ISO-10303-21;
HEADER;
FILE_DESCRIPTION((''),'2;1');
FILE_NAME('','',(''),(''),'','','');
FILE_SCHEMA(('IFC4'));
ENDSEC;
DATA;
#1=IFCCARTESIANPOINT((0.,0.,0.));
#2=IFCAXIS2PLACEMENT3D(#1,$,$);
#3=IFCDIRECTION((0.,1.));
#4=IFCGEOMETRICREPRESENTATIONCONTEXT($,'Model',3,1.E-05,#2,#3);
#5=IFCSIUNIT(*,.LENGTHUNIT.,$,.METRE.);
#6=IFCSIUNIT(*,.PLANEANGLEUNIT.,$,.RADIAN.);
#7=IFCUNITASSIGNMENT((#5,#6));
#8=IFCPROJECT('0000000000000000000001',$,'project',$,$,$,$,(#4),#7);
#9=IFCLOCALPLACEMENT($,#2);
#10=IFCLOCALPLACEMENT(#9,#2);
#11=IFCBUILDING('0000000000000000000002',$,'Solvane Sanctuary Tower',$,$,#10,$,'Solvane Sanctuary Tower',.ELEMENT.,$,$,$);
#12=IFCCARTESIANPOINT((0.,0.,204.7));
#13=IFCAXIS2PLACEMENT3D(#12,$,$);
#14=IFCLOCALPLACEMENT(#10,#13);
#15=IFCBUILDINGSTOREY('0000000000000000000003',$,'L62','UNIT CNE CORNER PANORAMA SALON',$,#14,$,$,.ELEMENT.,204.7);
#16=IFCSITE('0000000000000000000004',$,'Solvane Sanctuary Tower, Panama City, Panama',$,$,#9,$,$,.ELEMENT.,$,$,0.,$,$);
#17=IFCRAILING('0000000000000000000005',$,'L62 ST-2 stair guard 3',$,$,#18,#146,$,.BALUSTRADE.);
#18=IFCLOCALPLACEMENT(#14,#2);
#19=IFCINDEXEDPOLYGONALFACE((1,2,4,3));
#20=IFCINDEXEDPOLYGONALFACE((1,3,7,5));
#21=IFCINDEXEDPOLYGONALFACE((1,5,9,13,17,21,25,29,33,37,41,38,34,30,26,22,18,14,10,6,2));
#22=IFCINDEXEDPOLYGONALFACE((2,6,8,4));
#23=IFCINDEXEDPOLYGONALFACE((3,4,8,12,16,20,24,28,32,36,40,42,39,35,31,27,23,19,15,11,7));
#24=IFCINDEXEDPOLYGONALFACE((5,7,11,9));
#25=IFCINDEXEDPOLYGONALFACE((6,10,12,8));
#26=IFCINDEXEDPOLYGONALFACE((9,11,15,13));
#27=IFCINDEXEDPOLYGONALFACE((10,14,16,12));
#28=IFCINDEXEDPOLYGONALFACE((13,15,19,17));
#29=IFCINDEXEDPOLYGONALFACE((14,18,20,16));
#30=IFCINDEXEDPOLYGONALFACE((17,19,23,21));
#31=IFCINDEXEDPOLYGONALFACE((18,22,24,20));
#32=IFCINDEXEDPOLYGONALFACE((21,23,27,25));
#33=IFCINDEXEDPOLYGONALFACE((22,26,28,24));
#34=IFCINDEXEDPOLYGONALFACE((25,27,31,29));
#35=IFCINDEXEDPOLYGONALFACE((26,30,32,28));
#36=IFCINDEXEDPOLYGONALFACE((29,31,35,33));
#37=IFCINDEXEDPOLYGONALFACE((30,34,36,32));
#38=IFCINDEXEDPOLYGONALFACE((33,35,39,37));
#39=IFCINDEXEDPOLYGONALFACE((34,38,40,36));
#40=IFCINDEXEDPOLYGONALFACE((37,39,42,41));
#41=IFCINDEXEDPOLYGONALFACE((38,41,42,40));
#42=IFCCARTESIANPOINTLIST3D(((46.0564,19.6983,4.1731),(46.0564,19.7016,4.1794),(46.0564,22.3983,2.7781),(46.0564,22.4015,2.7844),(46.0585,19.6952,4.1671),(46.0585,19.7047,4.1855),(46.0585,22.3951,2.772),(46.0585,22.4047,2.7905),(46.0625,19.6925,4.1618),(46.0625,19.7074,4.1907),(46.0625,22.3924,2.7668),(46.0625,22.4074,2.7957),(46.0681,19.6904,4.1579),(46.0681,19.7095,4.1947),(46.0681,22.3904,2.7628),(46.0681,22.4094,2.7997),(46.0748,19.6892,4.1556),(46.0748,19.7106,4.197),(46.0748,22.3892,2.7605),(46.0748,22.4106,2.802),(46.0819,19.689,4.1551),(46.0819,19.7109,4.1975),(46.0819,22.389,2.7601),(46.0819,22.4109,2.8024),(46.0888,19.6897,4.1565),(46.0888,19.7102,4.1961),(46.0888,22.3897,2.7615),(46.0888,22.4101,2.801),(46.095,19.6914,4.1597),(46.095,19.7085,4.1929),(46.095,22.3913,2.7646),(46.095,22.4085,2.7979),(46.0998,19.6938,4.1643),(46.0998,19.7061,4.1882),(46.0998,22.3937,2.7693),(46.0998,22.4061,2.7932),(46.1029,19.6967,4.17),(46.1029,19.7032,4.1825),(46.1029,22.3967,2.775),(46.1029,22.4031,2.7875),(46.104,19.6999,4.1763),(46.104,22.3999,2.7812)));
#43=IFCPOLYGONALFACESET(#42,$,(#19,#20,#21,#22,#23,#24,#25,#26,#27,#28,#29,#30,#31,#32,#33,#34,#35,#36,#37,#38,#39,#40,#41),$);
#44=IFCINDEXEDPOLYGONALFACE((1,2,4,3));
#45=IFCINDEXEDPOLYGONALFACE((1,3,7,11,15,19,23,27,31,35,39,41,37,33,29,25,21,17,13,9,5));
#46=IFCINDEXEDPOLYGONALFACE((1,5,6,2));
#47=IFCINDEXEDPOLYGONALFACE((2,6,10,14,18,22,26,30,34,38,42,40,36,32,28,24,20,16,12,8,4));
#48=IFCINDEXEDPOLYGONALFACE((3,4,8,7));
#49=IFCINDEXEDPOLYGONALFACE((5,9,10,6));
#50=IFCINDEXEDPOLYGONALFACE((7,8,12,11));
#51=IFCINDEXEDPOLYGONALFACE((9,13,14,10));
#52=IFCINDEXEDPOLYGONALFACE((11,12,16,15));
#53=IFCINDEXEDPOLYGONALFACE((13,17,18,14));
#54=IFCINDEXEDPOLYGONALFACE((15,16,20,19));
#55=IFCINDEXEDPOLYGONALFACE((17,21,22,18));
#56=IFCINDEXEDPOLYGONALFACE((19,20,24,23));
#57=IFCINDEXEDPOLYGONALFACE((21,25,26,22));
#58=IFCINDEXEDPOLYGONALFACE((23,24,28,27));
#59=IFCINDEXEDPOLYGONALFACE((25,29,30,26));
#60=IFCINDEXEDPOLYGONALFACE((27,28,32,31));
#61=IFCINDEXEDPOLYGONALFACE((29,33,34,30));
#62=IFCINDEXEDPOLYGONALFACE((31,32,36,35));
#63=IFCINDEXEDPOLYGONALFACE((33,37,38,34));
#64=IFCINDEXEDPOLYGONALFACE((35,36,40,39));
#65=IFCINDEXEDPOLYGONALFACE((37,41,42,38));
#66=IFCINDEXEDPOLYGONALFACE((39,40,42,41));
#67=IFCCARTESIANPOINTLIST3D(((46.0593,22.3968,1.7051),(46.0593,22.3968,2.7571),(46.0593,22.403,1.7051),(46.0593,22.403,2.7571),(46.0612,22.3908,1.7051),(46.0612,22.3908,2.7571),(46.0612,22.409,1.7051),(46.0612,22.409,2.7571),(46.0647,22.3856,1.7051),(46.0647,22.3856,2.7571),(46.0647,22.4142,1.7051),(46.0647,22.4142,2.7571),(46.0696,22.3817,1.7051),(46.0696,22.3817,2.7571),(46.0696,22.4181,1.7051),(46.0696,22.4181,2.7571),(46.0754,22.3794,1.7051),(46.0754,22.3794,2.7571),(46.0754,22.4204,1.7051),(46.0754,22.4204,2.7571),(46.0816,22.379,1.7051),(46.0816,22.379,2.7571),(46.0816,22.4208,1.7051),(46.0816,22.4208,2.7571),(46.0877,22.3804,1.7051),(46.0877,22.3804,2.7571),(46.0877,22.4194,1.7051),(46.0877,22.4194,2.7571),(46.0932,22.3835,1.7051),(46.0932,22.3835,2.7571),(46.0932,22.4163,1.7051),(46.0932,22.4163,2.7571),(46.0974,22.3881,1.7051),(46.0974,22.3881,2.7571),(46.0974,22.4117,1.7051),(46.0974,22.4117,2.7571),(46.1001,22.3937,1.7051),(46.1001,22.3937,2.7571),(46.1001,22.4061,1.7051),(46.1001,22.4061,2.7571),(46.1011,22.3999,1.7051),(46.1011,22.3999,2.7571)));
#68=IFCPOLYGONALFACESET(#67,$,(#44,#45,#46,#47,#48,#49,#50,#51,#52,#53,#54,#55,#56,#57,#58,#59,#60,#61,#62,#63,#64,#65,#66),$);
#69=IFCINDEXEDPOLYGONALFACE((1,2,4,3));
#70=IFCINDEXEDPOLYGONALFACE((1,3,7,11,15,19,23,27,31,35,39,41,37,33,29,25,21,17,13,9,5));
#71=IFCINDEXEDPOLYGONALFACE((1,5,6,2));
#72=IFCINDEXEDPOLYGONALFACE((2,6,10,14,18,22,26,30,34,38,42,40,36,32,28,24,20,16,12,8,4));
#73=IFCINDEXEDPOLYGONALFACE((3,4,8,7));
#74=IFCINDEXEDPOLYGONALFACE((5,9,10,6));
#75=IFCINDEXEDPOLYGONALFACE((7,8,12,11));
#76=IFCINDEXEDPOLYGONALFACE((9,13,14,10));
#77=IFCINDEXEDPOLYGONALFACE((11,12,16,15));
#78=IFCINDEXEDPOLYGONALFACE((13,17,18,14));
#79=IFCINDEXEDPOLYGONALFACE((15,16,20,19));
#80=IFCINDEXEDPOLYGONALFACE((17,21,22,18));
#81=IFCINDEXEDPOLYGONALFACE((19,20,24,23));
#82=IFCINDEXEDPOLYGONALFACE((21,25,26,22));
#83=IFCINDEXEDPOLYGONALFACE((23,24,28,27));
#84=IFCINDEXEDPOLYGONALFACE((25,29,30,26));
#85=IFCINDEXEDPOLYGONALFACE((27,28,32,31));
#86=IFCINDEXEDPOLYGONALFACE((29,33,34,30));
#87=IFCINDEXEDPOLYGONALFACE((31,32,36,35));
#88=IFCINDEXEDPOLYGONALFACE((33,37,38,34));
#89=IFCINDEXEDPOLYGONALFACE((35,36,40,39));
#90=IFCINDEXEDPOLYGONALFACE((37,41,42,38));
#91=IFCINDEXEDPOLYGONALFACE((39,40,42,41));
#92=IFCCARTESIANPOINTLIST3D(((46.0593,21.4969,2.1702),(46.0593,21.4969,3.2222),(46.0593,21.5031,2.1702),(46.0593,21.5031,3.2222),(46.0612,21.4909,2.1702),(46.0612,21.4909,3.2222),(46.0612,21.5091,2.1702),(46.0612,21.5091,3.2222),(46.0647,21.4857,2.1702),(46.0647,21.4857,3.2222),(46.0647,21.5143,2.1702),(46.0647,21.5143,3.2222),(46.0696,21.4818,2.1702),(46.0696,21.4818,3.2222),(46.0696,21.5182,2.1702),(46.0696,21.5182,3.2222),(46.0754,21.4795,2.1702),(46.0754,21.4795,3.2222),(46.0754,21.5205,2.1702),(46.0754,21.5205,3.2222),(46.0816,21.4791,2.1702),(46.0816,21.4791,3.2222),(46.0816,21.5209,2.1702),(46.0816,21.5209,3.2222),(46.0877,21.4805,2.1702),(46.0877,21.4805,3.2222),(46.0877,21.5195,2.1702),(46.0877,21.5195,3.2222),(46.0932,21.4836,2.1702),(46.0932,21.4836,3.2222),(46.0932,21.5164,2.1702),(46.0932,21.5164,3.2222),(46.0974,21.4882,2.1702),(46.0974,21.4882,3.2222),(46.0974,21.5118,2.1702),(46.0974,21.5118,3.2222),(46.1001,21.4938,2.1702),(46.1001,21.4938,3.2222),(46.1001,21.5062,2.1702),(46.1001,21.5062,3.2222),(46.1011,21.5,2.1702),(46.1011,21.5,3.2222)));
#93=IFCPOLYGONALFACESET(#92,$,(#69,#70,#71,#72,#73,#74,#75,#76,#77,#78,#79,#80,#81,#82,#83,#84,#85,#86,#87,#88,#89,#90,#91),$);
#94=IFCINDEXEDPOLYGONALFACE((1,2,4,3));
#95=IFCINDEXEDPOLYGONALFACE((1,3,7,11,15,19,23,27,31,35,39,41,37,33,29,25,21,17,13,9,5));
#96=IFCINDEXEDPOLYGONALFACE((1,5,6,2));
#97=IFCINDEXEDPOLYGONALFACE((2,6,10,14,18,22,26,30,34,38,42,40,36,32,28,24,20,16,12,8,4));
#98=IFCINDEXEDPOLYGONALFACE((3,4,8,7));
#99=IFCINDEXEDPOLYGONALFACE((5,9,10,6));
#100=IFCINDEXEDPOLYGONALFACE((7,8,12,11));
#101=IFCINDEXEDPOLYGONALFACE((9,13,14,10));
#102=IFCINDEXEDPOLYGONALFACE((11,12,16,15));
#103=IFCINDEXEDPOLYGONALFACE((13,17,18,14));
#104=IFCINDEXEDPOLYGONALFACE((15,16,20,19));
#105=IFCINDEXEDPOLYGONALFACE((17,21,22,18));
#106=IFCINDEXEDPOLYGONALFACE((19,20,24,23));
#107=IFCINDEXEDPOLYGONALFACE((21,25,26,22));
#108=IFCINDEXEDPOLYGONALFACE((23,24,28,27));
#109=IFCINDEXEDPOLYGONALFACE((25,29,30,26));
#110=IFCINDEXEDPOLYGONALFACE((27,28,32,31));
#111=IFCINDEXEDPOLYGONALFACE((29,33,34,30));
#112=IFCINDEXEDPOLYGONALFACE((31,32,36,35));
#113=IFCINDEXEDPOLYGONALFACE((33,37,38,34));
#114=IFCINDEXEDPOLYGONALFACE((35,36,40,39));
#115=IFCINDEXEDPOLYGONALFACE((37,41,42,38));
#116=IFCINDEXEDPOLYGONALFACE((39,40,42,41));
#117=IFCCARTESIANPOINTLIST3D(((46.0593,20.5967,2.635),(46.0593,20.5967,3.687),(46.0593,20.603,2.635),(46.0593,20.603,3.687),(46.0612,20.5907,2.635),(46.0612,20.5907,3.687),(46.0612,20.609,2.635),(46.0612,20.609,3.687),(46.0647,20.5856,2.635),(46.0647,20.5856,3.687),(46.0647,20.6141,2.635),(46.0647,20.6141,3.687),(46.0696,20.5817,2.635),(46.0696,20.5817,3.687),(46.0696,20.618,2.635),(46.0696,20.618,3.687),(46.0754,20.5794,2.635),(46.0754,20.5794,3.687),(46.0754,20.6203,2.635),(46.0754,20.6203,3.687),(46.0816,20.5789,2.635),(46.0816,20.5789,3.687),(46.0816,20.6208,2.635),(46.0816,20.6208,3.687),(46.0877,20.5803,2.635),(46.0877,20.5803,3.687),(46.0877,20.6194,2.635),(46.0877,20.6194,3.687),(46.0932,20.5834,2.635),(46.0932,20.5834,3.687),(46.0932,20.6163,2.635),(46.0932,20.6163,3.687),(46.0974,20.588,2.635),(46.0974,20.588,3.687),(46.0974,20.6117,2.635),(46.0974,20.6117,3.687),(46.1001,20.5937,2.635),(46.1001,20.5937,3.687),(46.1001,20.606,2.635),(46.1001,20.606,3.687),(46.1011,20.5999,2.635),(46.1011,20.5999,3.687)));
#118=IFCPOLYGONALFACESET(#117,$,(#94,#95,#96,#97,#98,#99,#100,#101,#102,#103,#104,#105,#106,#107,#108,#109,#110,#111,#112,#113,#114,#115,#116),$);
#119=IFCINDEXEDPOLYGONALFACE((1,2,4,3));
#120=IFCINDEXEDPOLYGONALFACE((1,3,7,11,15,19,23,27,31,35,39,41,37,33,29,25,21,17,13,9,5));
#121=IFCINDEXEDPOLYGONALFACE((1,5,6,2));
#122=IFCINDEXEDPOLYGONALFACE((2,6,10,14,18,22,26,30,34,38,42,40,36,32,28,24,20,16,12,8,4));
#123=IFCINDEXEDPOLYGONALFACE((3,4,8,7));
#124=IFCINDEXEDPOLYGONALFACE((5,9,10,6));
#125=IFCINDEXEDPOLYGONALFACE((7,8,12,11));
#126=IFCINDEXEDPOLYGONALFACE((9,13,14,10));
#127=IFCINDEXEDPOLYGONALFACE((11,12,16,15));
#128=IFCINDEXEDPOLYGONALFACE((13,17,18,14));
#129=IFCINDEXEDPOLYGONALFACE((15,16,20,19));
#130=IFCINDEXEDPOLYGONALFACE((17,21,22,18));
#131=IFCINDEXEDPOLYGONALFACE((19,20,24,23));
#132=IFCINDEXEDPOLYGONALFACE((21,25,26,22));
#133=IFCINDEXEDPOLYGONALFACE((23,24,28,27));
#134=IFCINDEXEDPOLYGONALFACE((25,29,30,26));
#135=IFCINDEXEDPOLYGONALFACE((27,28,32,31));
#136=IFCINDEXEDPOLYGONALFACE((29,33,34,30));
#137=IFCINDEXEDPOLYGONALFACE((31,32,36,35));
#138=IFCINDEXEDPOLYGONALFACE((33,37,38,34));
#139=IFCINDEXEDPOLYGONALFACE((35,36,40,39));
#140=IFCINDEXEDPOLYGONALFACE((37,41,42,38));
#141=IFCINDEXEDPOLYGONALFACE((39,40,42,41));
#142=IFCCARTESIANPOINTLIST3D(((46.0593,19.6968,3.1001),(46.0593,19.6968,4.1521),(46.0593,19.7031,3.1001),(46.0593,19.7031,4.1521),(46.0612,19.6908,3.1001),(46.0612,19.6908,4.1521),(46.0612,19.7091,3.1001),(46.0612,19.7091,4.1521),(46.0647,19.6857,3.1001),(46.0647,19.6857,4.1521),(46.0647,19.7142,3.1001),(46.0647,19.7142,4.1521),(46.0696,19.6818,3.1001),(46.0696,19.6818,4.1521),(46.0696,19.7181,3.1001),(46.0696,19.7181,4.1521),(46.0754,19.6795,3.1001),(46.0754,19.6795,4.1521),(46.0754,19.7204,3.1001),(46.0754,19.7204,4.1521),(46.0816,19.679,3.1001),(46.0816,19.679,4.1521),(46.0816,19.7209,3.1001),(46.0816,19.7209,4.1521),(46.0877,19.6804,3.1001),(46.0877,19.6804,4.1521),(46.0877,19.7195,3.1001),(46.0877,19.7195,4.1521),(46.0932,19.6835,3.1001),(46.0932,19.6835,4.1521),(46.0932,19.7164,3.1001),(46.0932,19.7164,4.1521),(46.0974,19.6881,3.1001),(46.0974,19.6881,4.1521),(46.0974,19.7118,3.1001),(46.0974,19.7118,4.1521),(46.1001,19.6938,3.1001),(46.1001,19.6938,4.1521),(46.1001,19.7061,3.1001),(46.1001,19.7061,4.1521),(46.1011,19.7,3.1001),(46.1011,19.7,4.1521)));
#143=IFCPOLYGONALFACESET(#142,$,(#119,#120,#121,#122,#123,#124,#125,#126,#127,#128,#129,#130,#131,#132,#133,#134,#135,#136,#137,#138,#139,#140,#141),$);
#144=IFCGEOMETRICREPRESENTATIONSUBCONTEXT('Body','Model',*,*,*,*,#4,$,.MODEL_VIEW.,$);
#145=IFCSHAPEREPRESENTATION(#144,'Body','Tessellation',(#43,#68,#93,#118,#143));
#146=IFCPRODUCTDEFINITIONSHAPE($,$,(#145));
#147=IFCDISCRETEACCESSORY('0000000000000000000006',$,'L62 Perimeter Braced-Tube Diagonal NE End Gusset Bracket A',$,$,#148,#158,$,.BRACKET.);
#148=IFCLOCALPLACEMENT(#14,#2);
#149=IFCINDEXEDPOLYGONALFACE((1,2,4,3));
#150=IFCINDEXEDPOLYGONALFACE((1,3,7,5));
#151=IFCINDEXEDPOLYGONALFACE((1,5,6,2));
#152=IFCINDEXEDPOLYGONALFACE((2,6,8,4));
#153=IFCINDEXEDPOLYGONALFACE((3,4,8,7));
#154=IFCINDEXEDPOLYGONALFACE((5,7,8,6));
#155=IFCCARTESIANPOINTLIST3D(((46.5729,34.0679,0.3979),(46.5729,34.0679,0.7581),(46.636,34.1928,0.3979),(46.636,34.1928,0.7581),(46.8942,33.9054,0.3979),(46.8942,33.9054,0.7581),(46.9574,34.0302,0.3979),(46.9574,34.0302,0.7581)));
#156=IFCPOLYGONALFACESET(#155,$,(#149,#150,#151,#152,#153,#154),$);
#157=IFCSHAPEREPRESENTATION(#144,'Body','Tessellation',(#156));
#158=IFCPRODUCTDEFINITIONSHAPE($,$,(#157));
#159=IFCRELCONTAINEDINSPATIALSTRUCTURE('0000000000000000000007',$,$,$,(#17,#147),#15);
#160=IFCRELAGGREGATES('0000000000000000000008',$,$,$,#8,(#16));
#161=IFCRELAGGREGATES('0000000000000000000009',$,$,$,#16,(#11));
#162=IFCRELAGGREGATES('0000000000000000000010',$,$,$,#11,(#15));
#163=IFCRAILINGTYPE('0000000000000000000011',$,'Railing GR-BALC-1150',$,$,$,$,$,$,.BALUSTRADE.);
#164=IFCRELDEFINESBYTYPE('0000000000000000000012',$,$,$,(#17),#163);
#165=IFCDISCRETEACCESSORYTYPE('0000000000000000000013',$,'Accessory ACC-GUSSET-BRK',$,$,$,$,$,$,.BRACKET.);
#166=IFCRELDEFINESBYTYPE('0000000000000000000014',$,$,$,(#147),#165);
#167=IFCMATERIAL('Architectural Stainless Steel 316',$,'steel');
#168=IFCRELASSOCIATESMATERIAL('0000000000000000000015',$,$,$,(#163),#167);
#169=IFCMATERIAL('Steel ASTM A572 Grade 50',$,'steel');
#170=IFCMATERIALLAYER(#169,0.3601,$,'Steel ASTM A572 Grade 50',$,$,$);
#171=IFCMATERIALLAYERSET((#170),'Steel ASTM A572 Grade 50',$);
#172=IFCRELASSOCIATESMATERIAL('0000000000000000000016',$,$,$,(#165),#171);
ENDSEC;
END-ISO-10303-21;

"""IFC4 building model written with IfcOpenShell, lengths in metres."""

from ifc_helpers import new_model, si_unit, direction, frame, origin, origin_2d, place, context, subcontext, project, spatial, rectangle, circle, extrude, material, layer, layer_set, type_object, element, save


model = new_model("IFC4")

# Units and contexts
model_context = context("Model", 3, precision=1e-05, world=origin(), true_north=direction((0.0, 1.0)))
body_context = subcontext(model_context, "Body", "Model", "MODEL_VIEW")
ifc_project = project(units=[si_unit("LENGTHUNIT", "METRE"), si_unit("PLANEANGLEUNIT", "RADIAN")], contexts=[model_context])

# Site, building, storey
site_placement = place(None, origin())
site = spatial("IfcSite", under=ifc_project, at=site_placement, Name="Solvane Sanctuary Tower, Panama City, Panama", CompositionType="ELEMENT", RefElevation=0.0)
building_placement = place(site_placement, origin())
building = spatial("IfcBuilding", under=site, at=building_placement, Name="Solvane Sanctuary Tower", LongName="Solvane Sanctuary Tower", CompositionType="ELEMENT")
storey_placement = place(building_placement, frame((0.0, 0.0, 204.7)))
storey = spatial("IfcBuildingStorey", under=building, at=storey_placement, Name="L62", Description="UNIT CNE CORNER PANORAMA SALON", CompositionType="ELEMENT", Elevation=204.7)

# Shared definitions
ifc_material_1 = material(Name="Architectural Stainless Steel 316", Category="steel")

# Railing
railing_type = type_object("IfcRailingType", Name="Railing GR-BALC-1150", PredefinedType="BALUSTRADE", material=ifc_material_1)
railing_1_placement = place(storey_placement, frame((46.0801, 22.3999, 1.7051)))
element("IfcRailing", 1, at=railing_1_placement, inside=storey, type_object=railing_type, Name="L62 ST-2 stair guard 3", PredefinedType="BALUSTRADE", context=body_context, shape_type="SweptSolid", body=[
    extrude(circle(Radius=0.0239, at=origin_2d()), frame((0.0, 0.0, 1.0762), z_axis=(0.0, -0.88842, 0.459032), x_axis=(1.0, 0.0, 0.0)), (0.0, 0.0, 1.0), 3.0391),
    extrude(circle(Radius=0.021, at=origin_2d()), origin(), (0.0, 0.0, 1.0), 1.052),
    extrude(circle(Radius=0.021, at=origin_2d()), frame((0.0, -0.8999, 0.4651)), (0.0, 0.0, 1.0), 1.052),
    extrude(circle(Radius=0.021, at=origin_2d()), frame((0.0, -1.8, 0.9299)), (0.0, 0.0, 1.0), 1.052),
    extrude(circle(Radius=0.021, at=origin_2d()), frame((0.0, -2.7, 1.395)), (0.0, 0.0, 1.0), 1.052),
])

# Discrete accessory
ifc_material_2 = material(Name="Steel ASTM A572 Grade 50", Category="steel")
ifc_layer_1 = layer(ifc_material_2, 0.3601, Name="Steel ASTM A572 Grade 50")
ifc_layer_set_1 = layer_set([ifc_layer_1], Name="Steel ASTM A572 Grade 50")
discrete_accessory_type = type_object("IfcDiscreteAccessoryType", Name="Accessory ACC-GUSSET-BRK", PredefinedType="BRACKET", material=ifc_layer_set_1)
discrete_accessory_placement = place(storey_placement, frame((46.7651, 34.0491, 0.3979), z_axis=(0.0, 0.0, 1.0), x_axis=(-0.89235, 0.451345, 0.0)))
element("IfcDiscreteAccessory", 2, at=discrete_accessory_placement, inside=storey, type_object=discrete_accessory_type, Name="L62 Perimeter Braced-Tube Diagonal NE End Gusset Bracket A", PredefinedType="BRACKET", context=body_context, shape_type="SweptSolid", body=[
    extrude(rectangle(XDim=0.3601, YDim=0.1399, at=origin_2d()), origin(), (0.0, 0.0, 1.0), 0.3601),
])

save(model, "model.ifc")
